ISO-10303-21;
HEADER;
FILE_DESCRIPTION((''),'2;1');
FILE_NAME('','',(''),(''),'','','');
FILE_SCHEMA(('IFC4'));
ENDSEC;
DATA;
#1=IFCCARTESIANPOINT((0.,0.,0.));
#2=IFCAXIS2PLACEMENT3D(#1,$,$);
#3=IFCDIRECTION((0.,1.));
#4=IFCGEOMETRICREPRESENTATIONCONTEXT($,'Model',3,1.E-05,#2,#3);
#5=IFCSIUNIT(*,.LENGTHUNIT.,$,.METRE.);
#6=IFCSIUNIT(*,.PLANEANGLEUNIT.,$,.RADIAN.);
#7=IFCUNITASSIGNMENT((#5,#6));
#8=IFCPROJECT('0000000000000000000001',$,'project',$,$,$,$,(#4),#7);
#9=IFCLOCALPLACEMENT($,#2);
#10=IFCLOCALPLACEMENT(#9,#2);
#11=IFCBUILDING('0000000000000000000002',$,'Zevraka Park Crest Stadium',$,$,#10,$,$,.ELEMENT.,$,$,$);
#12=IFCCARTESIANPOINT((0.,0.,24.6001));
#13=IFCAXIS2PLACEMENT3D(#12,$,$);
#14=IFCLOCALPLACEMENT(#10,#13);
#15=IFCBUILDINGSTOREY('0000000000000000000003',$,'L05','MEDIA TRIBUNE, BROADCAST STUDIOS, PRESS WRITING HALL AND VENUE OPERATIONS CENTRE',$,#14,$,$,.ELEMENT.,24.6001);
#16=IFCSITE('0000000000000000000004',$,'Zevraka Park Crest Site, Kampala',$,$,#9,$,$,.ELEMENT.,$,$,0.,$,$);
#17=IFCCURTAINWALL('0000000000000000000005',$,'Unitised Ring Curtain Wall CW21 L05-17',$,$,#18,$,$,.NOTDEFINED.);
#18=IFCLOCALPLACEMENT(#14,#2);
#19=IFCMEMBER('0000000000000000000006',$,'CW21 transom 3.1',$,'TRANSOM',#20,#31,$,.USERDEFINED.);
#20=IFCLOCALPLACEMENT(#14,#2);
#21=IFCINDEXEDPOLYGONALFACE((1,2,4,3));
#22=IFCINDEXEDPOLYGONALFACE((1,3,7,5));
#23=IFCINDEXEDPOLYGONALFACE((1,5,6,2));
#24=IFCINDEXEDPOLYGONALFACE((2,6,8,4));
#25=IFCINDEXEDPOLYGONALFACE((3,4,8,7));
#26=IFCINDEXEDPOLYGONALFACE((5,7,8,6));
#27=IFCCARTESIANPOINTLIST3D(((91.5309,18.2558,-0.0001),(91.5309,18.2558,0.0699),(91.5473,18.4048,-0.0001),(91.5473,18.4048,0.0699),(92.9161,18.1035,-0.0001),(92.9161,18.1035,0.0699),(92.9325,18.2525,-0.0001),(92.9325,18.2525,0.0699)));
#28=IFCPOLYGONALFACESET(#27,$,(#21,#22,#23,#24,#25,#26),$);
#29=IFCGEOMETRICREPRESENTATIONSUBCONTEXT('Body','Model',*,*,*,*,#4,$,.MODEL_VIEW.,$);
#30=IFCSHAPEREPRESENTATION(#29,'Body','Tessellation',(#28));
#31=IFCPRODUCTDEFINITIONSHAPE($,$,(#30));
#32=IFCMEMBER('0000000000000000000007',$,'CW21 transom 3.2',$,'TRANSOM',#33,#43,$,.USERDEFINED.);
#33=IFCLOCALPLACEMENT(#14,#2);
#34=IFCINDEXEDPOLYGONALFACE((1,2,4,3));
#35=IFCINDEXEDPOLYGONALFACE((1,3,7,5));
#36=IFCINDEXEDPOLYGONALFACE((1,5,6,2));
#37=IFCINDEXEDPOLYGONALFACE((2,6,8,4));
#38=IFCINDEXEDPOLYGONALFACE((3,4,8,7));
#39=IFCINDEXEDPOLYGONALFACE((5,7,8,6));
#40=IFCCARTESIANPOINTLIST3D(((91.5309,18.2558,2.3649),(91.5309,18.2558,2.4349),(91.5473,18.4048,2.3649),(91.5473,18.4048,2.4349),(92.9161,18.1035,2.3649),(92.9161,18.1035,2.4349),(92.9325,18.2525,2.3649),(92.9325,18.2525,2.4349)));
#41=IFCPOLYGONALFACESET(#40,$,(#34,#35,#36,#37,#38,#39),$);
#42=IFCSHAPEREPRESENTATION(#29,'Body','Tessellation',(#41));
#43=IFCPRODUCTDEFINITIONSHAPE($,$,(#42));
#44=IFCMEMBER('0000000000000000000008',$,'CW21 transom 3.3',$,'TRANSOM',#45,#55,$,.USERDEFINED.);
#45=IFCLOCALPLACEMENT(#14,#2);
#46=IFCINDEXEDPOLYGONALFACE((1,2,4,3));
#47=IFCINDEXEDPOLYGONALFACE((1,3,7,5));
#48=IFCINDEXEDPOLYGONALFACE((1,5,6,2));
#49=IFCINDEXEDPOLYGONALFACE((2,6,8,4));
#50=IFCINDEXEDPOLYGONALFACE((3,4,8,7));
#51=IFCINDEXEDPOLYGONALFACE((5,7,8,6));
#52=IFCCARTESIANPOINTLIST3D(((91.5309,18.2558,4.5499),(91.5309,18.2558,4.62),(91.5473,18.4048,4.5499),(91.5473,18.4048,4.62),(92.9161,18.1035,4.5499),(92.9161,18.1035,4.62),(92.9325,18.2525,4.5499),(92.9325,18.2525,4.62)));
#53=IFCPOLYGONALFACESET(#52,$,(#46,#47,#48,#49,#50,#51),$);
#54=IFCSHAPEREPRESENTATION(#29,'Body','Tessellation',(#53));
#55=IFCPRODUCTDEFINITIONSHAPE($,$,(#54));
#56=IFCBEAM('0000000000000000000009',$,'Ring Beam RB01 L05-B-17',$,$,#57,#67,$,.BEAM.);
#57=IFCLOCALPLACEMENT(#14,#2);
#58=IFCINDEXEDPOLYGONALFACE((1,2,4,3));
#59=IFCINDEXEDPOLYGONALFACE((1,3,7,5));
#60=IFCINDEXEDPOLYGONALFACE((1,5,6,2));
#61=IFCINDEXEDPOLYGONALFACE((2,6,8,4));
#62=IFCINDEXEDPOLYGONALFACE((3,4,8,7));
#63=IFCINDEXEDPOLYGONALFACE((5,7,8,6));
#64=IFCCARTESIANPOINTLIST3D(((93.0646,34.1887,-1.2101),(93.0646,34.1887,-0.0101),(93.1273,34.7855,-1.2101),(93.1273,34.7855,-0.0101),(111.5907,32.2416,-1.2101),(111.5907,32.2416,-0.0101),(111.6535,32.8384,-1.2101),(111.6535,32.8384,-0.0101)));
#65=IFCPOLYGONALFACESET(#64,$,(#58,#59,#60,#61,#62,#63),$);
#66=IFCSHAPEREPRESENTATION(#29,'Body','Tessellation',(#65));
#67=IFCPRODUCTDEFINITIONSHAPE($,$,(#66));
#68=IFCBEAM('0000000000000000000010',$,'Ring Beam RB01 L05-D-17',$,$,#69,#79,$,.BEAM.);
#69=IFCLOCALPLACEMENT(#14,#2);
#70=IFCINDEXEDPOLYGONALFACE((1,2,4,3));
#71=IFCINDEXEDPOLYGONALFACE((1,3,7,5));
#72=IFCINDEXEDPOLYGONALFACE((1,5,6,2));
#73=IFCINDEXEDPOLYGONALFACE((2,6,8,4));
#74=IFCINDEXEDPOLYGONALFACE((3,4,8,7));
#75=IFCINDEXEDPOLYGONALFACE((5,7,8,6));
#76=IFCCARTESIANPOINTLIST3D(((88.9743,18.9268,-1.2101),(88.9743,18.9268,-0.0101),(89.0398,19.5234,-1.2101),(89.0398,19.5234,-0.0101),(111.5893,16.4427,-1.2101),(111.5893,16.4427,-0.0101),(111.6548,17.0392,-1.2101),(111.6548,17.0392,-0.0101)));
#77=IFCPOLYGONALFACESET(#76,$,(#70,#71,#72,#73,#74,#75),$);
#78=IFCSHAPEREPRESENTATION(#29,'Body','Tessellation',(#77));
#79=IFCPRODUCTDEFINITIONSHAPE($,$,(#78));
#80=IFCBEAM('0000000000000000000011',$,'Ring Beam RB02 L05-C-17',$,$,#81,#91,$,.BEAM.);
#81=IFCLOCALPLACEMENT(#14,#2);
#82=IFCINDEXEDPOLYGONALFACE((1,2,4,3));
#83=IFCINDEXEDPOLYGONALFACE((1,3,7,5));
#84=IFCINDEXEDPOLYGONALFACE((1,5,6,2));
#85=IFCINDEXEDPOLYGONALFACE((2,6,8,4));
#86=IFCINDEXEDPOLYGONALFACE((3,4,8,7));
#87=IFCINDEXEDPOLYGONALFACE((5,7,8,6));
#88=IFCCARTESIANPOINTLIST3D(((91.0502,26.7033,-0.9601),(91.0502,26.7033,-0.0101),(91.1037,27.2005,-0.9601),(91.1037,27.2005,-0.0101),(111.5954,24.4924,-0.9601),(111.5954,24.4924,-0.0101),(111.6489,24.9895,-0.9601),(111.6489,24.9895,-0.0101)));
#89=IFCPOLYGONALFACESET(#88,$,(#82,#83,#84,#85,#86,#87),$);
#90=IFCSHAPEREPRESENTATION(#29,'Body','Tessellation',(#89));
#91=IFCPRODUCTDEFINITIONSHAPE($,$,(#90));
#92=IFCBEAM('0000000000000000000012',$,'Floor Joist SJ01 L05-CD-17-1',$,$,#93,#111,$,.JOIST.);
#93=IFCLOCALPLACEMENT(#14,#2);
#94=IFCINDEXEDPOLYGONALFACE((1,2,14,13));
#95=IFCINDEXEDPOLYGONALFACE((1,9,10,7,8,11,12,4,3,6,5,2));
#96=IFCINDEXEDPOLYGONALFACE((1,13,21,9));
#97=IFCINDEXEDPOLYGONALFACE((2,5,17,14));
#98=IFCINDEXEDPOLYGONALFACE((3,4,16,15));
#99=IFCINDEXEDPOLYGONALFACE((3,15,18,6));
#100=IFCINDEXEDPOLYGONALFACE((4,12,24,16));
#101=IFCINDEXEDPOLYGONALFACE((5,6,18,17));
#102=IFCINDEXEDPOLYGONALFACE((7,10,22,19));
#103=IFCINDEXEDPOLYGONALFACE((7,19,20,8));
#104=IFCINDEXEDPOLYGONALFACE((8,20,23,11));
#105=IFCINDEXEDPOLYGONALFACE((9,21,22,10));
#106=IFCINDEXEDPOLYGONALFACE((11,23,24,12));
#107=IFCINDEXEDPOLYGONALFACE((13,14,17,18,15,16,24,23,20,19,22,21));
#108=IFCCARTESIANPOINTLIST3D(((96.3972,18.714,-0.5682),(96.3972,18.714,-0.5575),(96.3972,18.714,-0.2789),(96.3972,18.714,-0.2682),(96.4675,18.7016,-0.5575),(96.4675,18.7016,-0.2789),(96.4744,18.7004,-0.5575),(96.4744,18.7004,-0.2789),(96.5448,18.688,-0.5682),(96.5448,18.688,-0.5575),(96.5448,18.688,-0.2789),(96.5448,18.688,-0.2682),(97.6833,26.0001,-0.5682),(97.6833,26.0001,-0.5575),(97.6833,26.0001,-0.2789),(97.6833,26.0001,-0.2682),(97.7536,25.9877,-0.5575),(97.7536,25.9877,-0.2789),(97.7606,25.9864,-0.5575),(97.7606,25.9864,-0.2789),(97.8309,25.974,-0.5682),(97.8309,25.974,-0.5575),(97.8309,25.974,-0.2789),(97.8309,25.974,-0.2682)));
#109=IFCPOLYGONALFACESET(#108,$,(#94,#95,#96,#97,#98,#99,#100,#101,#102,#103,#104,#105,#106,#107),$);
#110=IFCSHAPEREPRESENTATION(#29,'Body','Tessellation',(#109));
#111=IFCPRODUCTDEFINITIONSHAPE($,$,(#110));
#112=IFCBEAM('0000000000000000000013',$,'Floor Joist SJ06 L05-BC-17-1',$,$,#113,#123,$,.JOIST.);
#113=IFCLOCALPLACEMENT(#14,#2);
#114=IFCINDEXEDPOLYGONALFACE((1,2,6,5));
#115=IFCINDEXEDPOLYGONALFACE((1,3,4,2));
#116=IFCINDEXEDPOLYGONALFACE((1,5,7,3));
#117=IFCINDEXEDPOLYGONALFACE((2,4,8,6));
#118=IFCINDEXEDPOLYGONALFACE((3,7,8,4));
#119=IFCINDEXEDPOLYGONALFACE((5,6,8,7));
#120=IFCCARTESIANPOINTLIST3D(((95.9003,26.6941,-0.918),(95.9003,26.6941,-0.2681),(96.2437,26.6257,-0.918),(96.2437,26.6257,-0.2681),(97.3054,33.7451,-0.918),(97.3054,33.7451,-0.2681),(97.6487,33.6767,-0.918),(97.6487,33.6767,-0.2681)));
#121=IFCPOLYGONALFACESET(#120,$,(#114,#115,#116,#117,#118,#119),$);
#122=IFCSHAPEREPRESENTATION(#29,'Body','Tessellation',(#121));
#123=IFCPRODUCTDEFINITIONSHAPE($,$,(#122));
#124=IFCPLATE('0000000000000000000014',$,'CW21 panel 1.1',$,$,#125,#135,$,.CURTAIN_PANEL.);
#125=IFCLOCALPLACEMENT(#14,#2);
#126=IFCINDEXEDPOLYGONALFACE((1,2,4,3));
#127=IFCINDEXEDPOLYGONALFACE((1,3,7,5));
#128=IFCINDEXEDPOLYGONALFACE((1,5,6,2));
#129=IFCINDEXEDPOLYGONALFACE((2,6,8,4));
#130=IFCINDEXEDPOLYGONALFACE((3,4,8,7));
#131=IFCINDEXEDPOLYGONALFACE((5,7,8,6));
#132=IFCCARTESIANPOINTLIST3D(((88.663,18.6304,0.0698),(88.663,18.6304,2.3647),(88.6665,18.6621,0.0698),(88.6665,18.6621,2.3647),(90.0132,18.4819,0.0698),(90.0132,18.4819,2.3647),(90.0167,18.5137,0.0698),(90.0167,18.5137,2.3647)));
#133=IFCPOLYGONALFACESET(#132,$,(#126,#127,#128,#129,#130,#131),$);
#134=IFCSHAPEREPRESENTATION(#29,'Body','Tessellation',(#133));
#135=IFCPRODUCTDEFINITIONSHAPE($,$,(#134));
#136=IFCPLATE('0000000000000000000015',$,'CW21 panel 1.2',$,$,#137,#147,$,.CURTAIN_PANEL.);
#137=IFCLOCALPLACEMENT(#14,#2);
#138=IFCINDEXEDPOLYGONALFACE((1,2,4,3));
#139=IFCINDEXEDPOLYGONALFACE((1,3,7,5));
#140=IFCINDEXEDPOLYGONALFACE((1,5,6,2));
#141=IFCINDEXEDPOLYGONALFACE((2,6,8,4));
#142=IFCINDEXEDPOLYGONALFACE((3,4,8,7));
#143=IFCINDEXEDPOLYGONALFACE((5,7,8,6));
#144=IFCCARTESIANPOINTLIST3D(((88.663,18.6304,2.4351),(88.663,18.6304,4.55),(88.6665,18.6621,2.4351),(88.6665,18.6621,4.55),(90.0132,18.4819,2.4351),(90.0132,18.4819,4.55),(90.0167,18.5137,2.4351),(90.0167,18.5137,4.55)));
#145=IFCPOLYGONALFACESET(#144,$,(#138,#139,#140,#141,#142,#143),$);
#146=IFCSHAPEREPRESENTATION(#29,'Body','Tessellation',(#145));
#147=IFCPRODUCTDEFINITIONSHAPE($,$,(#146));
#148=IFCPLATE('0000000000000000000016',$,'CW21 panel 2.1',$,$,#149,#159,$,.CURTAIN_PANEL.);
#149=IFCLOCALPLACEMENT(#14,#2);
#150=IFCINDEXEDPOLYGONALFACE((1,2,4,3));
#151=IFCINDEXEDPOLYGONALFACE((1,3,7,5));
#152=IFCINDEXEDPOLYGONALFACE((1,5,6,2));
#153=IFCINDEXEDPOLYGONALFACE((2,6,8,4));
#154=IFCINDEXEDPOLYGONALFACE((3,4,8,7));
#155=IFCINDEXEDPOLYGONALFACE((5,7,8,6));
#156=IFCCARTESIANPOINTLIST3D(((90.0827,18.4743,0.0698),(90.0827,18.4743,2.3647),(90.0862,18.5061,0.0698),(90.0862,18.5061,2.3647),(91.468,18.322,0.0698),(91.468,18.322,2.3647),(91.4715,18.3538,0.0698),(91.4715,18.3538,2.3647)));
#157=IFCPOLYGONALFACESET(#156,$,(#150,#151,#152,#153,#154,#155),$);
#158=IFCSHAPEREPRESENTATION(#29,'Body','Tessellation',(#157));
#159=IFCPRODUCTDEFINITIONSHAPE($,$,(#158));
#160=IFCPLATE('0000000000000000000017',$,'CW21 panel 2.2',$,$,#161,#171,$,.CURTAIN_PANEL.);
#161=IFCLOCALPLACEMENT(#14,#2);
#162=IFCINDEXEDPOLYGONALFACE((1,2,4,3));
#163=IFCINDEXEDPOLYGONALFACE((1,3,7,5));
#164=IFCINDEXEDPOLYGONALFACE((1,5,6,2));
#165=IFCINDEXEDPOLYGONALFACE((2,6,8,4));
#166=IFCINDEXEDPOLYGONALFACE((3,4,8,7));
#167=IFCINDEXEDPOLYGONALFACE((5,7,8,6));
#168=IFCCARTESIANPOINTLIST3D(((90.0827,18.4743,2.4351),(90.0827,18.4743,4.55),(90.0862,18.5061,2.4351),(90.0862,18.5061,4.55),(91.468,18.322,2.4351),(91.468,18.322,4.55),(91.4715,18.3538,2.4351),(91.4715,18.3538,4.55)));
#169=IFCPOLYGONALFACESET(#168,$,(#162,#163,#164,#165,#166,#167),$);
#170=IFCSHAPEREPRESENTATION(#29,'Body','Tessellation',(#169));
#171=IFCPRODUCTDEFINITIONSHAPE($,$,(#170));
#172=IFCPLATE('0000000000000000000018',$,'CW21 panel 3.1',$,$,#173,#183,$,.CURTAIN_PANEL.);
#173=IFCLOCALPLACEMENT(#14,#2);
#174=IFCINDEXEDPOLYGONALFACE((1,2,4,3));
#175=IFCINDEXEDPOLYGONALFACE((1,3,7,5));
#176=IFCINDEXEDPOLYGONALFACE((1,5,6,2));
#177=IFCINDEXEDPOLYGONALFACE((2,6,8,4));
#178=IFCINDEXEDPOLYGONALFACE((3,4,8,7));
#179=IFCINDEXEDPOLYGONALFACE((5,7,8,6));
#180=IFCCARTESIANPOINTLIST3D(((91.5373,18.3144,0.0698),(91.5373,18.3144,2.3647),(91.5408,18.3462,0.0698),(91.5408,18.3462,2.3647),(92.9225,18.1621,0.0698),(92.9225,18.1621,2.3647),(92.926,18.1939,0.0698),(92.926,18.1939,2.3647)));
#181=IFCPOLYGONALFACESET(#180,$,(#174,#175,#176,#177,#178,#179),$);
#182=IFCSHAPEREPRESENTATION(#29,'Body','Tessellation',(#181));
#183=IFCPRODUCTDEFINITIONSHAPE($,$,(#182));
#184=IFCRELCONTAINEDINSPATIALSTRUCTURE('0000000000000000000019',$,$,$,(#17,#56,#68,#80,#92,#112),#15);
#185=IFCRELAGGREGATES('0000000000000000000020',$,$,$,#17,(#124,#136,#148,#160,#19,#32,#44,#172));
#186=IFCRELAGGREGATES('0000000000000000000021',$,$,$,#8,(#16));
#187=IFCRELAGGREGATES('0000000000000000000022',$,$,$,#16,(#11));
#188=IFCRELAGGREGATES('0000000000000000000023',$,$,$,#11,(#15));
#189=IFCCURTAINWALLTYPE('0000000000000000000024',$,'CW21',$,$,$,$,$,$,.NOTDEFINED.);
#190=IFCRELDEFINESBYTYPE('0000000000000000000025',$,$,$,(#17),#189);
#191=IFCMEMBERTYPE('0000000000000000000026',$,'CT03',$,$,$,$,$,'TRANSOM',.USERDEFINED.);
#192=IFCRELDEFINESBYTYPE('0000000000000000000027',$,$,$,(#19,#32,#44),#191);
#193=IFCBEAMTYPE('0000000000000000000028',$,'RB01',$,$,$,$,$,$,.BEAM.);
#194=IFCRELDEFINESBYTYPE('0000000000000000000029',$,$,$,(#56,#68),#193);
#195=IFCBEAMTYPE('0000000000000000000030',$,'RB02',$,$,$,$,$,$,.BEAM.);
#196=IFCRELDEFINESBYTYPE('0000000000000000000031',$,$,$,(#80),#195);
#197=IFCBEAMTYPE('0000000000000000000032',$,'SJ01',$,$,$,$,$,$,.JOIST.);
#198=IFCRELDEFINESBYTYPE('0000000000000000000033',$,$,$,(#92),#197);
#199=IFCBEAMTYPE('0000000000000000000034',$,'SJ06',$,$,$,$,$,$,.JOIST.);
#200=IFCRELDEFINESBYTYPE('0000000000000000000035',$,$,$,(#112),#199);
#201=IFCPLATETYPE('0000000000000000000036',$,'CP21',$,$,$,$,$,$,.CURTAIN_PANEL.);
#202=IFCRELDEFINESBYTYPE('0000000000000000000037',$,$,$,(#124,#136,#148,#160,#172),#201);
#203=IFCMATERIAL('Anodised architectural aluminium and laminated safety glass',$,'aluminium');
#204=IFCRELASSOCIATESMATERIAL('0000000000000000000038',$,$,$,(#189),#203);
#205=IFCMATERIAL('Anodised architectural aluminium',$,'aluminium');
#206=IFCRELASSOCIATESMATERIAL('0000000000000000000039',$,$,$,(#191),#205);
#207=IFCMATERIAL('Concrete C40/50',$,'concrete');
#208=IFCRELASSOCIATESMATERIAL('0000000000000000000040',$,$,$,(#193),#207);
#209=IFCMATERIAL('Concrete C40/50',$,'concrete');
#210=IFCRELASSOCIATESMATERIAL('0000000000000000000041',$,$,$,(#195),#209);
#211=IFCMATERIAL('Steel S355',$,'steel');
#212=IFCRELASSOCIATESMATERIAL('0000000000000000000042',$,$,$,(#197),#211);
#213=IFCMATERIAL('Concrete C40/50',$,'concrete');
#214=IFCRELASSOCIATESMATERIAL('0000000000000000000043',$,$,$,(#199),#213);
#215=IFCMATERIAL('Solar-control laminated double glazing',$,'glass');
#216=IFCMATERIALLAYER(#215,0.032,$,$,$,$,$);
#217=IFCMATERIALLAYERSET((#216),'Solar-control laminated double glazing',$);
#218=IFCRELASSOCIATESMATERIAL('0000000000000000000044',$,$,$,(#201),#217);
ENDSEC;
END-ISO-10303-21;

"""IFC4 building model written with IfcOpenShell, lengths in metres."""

from ifc_helpers import new_model, si_unit, direction, frame, origin, origin_2d, place, context, subcontext, project, spatial, rectangle, i_section, extrude, material, layer, layer_set, material_profile, profile_set, type_object, element, aggregate, save


model = new_model("IFC4")

# Units and contexts
model_context = context("Model", 3, precision=1e-05, world=origin(), true_north=direction((0.0, 1.0)))
body_context = subcontext(model_context, "Body", "Model", "MODEL_VIEW")
ifc_project = project(units=[si_unit("LENGTHUNIT", "METRE"), si_unit("PLANEANGLEUNIT", "RADIAN")], contexts=[model_context])

# Site, building, storey
site_placement = place(None, origin())
site = spatial("IfcSite", under=ifc_project, at=site_placement, Name="Zevraka Park Crest Site, Kampala", CompositionType="ELEMENT", RefElevation=0.0)
building_placement = place(site_placement, origin())
building = spatial("IfcBuilding", under=site, at=building_placement, Name="Zevraka Park Crest Stadium", CompositionType="ELEMENT")
storey_placement = place(building_placement, frame((0.0, 0.0, 24.6001)))
storey = spatial("IfcBuildingStorey", under=building, at=storey_placement, Name="L05", Description="MEDIA TRIBUNE, BROADCAST STUDIOS, PRESS WRITING HALL AND VENUE OPERATIONS CENTRE", CompositionType="ELEMENT", Elevation=24.6001)

# Curtain wall, members
ifc_material_1 = material(Name="Anodised architectural aluminium and laminated safety glass", Category="aluminium")
curtain_wall_type = type_object("IfcCurtainWallType", Name="CW21", PredefinedType="NOTDEFINED", material=ifc_material_1)
curtain_wall_placement = place(storey_placement, origin())
curtain_wall = element("IfcCurtainWall", 1, at=curtain_wall_placement, inside=storey, type_object=curtain_wall_type, Name="Unitised Ring Curtain Wall CW21 L05-17", PredefinedType="NOTDEFINED")
ifc_material_2 = material(Name="Anodised architectural aluminium", Category="aluminium")
ifc_material_profile_1 = material_profile(ifc_material_2, rectangle(XDim=0.1499, YDim=0.0701, at=origin_2d()), Name="ALU TRANSOM 150x70")
ifc_profile_set_1 = profile_set([ifc_material_profile_1], Name="Anodised architectural aluminium")
member_type_1 = type_object("IfcMemberType", Name="CT03", ElementType="TRANSOM", PredefinedType="USERDEFINED", material=ifc_profile_set_1)
member_1_placement = place(storey_placement, frame((91.5391, 18.3303, 0.0349), z_axis=(0.994007, -0.109316, 0.0), x_axis=(0.109316, 0.994007, 0.0)))
member_1 = element("IfcMember", 2, at=member_1_placement, type_object=member_type_1, Name="CW21 transom 3.1", ObjectType="TRANSOM", PredefinedType="USERDEFINED", context=body_context, shape_type="SweptSolid", body=[
    extrude(rectangle(XDim=0.1499, YDim=0.0701, at=origin_2d()), origin(), (0.0, 0.0, 1.0), 1.3936),
])
member_2_placement = place(storey_placement, frame((91.5391, 18.3303, 2.3999), z_axis=(0.994007, -0.109316, 0.0), x_axis=(0.109316, 0.994007, 0.0)))
member_2 = element("IfcMember", 3, at=member_2_placement, type_object=member_type_1, Name="CW21 transom 3.2", ObjectType="TRANSOM", PredefinedType="USERDEFINED", context=body_context, shape_type="SweptSolid", body=[
    extrude(rectangle(XDim=0.1499, YDim=0.0701, at=origin_2d()), origin(), (0.0, 0.0, 1.0), 1.3936),
])
member_3_placement = place(storey_placement, frame((91.5391, 18.3303, 4.585), z_axis=(0.994007, -0.109316, 0.0), x_axis=(0.109316, 0.994007, 0.0)))
member_3 = element("IfcMember", 4, at=member_3_placement, type_object=member_type_1, Name="CW21 transom 3.3", ObjectType="TRANSOM", PredefinedType="USERDEFINED", context=body_context, shape_type="SweptSolid", body=[
    extrude(rectangle(XDim=0.1499, YDim=0.0701, at=origin_2d()), origin(), (0.0, 0.0, 1.0), 1.3936),
])

# Beams
ifc_material_3 = material(Name="Concrete C40/50", Category="concrete")
ifc_material_profile_2 = material_profile(ifc_material_3, rectangle(XDim=0.6001, YDim=1.2, at=origin_2d()), Name="RC 1200x600")
ifc_profile_set_2 = profile_set([ifc_material_profile_2], Name="Concrete C40/50")
beam_type_1 = type_object("IfcBeamType", Name="RB01", PredefinedType="BEAM", material=ifc_profile_set_2)
beam_1_placement = place(storey_placement, frame((93.0959, 34.4871, -0.6101), z_axis=(0.994523, -0.10452, 0.0), x_axis=(0.10452, 0.994523, 0.0)))
element("IfcBeam", 5, at=beam_1_placement, inside=storey, type_object=beam_type_1, Name="Ring Beam RB01 L05-B-17", PredefinedType="BEAM", context=body_context, shape_type="SweptSolid", body=[
    extrude(rectangle(XDim=0.6001, YDim=1.2, at=origin_2d()), origin(), (0.0, 0.0, 1.0), 18.6282),
])
beam_2_placement = place(storey_placement, frame((89.0071, 19.2251, -0.6101), z_axis=(0.994021, -0.109188, 0.0), x_axis=(0.109188, 0.994021, 0.0)))
element("IfcBeam", 6, at=beam_2_placement, inside=storey, type_object=beam_type_1, Name="Ring Beam RB01 L05-D-17", PredefinedType="BEAM", context=body_context, shape_type="SweptSolid", body=[
    extrude(rectangle(XDim=0.6001, YDim=1.2, at=origin_2d()), origin(), (0.0, 0.0, 1.0), 22.751),
])
ifc_material_4 = material(Name="Concrete C40/50", Category="concrete")
ifc_material_profile_3 = material_profile(ifc_material_4, rectangle(XDim=0.5, YDim=0.95, at=origin_2d()), Name="RC 950x500")
ifc_profile_set_3 = profile_set([ifc_material_profile_3], Name="Concrete C40/50")
beam_type_2 = type_object("IfcBeamType", Name="RB02", PredefinedType="BEAM", material=ifc_profile_set_3)
beam_3_placement = place(storey_placement, frame((91.0769, 26.9519, -0.4851), z_axis=(0.994259, -0.106996, 0.0), x_axis=(0.106996, 0.994259, 0.0)))
element("IfcBeam", 7, at=beam_3_placement, inside=storey, type_object=beam_type_2, Name="Ring Beam RB02 L05-C-17", PredefinedType="BEAM", context=body_context, shape_type="SweptSolid", body=[
    extrude(rectangle(XDim=0.5, YDim=0.95, at=origin_2d()), origin(), (0.0, 0.0, 1.0), 20.6638),
])
ifc_material_5 = material(Name="Steel S355", Category="steel")
ifc_material_profile_4 = material_profile(ifc_material_5, i_section(OverallWidth=0.1499, OverallDepth=0.3, WebThickness=0.0071, FlangeThickness=0.0107, at=origin_2d()), Name="IPE 300")
ifc_profile_set_4 = profile_set([ifc_material_profile_4], Name="Steel S355")
beam_type_3 = type_object("IfcBeamType", Name="SJ01", PredefinedType="JOIST", material=ifc_profile_set_4)
beam_4_placement = place(storey_placement, frame((97.7571, 25.9871, -0.4182), z_axis=(-0.173831, -0.984776, 0.0), x_axis=(0.984776, -0.173831, 0.0)))
element("IfcBeam", 8, at=beam_4_placement, inside=storey, type_object=beam_type_3, Name="Floor Joist SJ01 L05-CD-17-1", PredefinedType="JOIST", context=body_context, shape_type="SweptSolid", body=[
    extrude(i_section(OverallWidth=0.1499, OverallDepth=0.3, WebThickness=0.0071, FlangeThickness=0.0107, at=origin_2d()), origin(), (0.0, 0.0, 1.0), 7.3987),
])
ifc_material_6 = material(Name="Concrete C40/50", Category="concrete")
ifc_material_profile_5 = material_profile(ifc_material_6, rectangle(XDim=0.3501, YDim=0.6499, at=origin_2d()), Name="RC 650x350")
ifc_profile_set_5 = profile_set([ifc_material_profile_5], Name="Concrete C40/50")
beam_type_4 = type_object("IfcBeamType", Name="SJ06", PredefinedType="JOIST", material=ifc_profile_set_5)
beam_5_placement = place(storey_placement, frame((97.4771, 33.7109, -0.593), z_axis=(-0.195424, -0.980719, 0.0), x_axis=(0.980719, -0.195424, 0.0)))
element("IfcBeam", 9, at=beam_5_placement, inside=storey, type_object=beam_type_4, Name="Floor Joist SJ06 L05-BC-17-1", PredefinedType="JOIST", context=body_context, shape_type="SweptSolid", body=[
    extrude(rectangle(XDim=0.3501, YDim=0.6499, at=origin_2d()), origin(), (0.0, 0.0, 1.0), 7.1897),
])

# Plates
ifc_material_7 = material(Name="Solar-control laminated double glazing", Category="glass")
ifc_layer_1 = layer(ifc_material_7, 0.032)
ifc_layer_set_1 = layer_set([ifc_layer_1], Name="Solar-control laminated double glazing")
plate_type = type_object("IfcPlateType", Name="CP21", PredefinedType="CURTAIN_PANEL", material=ifc_layer_set_1)
plate_1_placement = place(storey_placement, frame((89.3398, 18.572, 0.0698), z_axis=(0.0, 0.0, 1.0), x_axis=(0.99401, -0.109288, 0.0)))
plate_1 = element("IfcPlate", 10, at=plate_1_placement, type_object=plate_type, Name="CW21 panel 1.1", PredefinedType="CURTAIN_PANEL", context=body_context, shape_type="SweptSolid", body=[
    extrude(rectangle(XDim=1.3584, YDim=0.032, at=origin_2d()), origin(), (0.0, 0.0, 1.0), 2.2949),
])
plate_2_placement = place(storey_placement, frame((89.3398, 18.572, 2.4351), z_axis=(0.0, 0.0, 1.0), x_axis=(0.99401, -0.109288, 0.0)))
plate_2 = element("IfcPlate", 11, at=plate_2_placement, type_object=plate_type, Name="CW21 panel 1.2", PredefinedType="CURTAIN_PANEL", context=body_context, shape_type="SweptSolid", body=[
    extrude(rectangle(XDim=1.3584, YDim=0.032, at=origin_2d()), origin(), (0.0, 0.0, 1.0), 2.115),
])
plate_3_placement = place(storey_placement, frame((90.7771, 18.4141, 0.0698), z_axis=(0.0, 0.0, 1.0), x_axis=(0.99401, -0.109288, 0.0)))
plate_3 = element("IfcPlate", 12, at=plate_3_placement, type_object=plate_type, Name="CW21 panel 2.1", PredefinedType="CURTAIN_PANEL", context=body_context, shape_type="SweptSolid", body=[
    extrude(rectangle(XDim=1.3936, YDim=0.032, at=origin_2d()), origin(), (0.0, 0.0, 1.0), 2.2949),
])
plate_4_placement = place(storey_placement, frame((90.7771, 18.4141, 2.4351), z_axis=(0.0, 0.0, 1.0), x_axis=(0.99401, -0.109288, 0.0)))
plate_4 = element("IfcPlate", 13, at=plate_4_placement, type_object=plate_type, Name="CW21 panel 2.2", PredefinedType="CURTAIN_PANEL", context=body_context, shape_type="SweptSolid", body=[
    extrude(rectangle(XDim=1.3936, YDim=0.032, at=origin_2d()), origin(), (0.0, 0.0, 1.0), 2.115),
])
plate_5_placement = place(storey_placement, frame((92.2317, 18.2542, 0.0698), z_axis=(0.0, 0.0, 1.0), x_axis=(0.99401, -0.109288, 0.0)))
plate_5 = element("IfcPlate", 14, at=plate_5_placement, type_object=plate_type, Name="CW21 panel 3.1", PredefinedType="CURTAIN_PANEL", context=body_context, shape_type="SweptSolid", body=[
    extrude(rectangle(XDim=1.3936, YDim=0.032, at=origin_2d()), origin(), (0.0, 0.0, 1.0), 2.2949),
])
aggregate(curtain_wall, [plate_1, plate_2, plate_3, plate_4, member_1, member_2, member_3, plate_5])

save(model, "model.ifc")
